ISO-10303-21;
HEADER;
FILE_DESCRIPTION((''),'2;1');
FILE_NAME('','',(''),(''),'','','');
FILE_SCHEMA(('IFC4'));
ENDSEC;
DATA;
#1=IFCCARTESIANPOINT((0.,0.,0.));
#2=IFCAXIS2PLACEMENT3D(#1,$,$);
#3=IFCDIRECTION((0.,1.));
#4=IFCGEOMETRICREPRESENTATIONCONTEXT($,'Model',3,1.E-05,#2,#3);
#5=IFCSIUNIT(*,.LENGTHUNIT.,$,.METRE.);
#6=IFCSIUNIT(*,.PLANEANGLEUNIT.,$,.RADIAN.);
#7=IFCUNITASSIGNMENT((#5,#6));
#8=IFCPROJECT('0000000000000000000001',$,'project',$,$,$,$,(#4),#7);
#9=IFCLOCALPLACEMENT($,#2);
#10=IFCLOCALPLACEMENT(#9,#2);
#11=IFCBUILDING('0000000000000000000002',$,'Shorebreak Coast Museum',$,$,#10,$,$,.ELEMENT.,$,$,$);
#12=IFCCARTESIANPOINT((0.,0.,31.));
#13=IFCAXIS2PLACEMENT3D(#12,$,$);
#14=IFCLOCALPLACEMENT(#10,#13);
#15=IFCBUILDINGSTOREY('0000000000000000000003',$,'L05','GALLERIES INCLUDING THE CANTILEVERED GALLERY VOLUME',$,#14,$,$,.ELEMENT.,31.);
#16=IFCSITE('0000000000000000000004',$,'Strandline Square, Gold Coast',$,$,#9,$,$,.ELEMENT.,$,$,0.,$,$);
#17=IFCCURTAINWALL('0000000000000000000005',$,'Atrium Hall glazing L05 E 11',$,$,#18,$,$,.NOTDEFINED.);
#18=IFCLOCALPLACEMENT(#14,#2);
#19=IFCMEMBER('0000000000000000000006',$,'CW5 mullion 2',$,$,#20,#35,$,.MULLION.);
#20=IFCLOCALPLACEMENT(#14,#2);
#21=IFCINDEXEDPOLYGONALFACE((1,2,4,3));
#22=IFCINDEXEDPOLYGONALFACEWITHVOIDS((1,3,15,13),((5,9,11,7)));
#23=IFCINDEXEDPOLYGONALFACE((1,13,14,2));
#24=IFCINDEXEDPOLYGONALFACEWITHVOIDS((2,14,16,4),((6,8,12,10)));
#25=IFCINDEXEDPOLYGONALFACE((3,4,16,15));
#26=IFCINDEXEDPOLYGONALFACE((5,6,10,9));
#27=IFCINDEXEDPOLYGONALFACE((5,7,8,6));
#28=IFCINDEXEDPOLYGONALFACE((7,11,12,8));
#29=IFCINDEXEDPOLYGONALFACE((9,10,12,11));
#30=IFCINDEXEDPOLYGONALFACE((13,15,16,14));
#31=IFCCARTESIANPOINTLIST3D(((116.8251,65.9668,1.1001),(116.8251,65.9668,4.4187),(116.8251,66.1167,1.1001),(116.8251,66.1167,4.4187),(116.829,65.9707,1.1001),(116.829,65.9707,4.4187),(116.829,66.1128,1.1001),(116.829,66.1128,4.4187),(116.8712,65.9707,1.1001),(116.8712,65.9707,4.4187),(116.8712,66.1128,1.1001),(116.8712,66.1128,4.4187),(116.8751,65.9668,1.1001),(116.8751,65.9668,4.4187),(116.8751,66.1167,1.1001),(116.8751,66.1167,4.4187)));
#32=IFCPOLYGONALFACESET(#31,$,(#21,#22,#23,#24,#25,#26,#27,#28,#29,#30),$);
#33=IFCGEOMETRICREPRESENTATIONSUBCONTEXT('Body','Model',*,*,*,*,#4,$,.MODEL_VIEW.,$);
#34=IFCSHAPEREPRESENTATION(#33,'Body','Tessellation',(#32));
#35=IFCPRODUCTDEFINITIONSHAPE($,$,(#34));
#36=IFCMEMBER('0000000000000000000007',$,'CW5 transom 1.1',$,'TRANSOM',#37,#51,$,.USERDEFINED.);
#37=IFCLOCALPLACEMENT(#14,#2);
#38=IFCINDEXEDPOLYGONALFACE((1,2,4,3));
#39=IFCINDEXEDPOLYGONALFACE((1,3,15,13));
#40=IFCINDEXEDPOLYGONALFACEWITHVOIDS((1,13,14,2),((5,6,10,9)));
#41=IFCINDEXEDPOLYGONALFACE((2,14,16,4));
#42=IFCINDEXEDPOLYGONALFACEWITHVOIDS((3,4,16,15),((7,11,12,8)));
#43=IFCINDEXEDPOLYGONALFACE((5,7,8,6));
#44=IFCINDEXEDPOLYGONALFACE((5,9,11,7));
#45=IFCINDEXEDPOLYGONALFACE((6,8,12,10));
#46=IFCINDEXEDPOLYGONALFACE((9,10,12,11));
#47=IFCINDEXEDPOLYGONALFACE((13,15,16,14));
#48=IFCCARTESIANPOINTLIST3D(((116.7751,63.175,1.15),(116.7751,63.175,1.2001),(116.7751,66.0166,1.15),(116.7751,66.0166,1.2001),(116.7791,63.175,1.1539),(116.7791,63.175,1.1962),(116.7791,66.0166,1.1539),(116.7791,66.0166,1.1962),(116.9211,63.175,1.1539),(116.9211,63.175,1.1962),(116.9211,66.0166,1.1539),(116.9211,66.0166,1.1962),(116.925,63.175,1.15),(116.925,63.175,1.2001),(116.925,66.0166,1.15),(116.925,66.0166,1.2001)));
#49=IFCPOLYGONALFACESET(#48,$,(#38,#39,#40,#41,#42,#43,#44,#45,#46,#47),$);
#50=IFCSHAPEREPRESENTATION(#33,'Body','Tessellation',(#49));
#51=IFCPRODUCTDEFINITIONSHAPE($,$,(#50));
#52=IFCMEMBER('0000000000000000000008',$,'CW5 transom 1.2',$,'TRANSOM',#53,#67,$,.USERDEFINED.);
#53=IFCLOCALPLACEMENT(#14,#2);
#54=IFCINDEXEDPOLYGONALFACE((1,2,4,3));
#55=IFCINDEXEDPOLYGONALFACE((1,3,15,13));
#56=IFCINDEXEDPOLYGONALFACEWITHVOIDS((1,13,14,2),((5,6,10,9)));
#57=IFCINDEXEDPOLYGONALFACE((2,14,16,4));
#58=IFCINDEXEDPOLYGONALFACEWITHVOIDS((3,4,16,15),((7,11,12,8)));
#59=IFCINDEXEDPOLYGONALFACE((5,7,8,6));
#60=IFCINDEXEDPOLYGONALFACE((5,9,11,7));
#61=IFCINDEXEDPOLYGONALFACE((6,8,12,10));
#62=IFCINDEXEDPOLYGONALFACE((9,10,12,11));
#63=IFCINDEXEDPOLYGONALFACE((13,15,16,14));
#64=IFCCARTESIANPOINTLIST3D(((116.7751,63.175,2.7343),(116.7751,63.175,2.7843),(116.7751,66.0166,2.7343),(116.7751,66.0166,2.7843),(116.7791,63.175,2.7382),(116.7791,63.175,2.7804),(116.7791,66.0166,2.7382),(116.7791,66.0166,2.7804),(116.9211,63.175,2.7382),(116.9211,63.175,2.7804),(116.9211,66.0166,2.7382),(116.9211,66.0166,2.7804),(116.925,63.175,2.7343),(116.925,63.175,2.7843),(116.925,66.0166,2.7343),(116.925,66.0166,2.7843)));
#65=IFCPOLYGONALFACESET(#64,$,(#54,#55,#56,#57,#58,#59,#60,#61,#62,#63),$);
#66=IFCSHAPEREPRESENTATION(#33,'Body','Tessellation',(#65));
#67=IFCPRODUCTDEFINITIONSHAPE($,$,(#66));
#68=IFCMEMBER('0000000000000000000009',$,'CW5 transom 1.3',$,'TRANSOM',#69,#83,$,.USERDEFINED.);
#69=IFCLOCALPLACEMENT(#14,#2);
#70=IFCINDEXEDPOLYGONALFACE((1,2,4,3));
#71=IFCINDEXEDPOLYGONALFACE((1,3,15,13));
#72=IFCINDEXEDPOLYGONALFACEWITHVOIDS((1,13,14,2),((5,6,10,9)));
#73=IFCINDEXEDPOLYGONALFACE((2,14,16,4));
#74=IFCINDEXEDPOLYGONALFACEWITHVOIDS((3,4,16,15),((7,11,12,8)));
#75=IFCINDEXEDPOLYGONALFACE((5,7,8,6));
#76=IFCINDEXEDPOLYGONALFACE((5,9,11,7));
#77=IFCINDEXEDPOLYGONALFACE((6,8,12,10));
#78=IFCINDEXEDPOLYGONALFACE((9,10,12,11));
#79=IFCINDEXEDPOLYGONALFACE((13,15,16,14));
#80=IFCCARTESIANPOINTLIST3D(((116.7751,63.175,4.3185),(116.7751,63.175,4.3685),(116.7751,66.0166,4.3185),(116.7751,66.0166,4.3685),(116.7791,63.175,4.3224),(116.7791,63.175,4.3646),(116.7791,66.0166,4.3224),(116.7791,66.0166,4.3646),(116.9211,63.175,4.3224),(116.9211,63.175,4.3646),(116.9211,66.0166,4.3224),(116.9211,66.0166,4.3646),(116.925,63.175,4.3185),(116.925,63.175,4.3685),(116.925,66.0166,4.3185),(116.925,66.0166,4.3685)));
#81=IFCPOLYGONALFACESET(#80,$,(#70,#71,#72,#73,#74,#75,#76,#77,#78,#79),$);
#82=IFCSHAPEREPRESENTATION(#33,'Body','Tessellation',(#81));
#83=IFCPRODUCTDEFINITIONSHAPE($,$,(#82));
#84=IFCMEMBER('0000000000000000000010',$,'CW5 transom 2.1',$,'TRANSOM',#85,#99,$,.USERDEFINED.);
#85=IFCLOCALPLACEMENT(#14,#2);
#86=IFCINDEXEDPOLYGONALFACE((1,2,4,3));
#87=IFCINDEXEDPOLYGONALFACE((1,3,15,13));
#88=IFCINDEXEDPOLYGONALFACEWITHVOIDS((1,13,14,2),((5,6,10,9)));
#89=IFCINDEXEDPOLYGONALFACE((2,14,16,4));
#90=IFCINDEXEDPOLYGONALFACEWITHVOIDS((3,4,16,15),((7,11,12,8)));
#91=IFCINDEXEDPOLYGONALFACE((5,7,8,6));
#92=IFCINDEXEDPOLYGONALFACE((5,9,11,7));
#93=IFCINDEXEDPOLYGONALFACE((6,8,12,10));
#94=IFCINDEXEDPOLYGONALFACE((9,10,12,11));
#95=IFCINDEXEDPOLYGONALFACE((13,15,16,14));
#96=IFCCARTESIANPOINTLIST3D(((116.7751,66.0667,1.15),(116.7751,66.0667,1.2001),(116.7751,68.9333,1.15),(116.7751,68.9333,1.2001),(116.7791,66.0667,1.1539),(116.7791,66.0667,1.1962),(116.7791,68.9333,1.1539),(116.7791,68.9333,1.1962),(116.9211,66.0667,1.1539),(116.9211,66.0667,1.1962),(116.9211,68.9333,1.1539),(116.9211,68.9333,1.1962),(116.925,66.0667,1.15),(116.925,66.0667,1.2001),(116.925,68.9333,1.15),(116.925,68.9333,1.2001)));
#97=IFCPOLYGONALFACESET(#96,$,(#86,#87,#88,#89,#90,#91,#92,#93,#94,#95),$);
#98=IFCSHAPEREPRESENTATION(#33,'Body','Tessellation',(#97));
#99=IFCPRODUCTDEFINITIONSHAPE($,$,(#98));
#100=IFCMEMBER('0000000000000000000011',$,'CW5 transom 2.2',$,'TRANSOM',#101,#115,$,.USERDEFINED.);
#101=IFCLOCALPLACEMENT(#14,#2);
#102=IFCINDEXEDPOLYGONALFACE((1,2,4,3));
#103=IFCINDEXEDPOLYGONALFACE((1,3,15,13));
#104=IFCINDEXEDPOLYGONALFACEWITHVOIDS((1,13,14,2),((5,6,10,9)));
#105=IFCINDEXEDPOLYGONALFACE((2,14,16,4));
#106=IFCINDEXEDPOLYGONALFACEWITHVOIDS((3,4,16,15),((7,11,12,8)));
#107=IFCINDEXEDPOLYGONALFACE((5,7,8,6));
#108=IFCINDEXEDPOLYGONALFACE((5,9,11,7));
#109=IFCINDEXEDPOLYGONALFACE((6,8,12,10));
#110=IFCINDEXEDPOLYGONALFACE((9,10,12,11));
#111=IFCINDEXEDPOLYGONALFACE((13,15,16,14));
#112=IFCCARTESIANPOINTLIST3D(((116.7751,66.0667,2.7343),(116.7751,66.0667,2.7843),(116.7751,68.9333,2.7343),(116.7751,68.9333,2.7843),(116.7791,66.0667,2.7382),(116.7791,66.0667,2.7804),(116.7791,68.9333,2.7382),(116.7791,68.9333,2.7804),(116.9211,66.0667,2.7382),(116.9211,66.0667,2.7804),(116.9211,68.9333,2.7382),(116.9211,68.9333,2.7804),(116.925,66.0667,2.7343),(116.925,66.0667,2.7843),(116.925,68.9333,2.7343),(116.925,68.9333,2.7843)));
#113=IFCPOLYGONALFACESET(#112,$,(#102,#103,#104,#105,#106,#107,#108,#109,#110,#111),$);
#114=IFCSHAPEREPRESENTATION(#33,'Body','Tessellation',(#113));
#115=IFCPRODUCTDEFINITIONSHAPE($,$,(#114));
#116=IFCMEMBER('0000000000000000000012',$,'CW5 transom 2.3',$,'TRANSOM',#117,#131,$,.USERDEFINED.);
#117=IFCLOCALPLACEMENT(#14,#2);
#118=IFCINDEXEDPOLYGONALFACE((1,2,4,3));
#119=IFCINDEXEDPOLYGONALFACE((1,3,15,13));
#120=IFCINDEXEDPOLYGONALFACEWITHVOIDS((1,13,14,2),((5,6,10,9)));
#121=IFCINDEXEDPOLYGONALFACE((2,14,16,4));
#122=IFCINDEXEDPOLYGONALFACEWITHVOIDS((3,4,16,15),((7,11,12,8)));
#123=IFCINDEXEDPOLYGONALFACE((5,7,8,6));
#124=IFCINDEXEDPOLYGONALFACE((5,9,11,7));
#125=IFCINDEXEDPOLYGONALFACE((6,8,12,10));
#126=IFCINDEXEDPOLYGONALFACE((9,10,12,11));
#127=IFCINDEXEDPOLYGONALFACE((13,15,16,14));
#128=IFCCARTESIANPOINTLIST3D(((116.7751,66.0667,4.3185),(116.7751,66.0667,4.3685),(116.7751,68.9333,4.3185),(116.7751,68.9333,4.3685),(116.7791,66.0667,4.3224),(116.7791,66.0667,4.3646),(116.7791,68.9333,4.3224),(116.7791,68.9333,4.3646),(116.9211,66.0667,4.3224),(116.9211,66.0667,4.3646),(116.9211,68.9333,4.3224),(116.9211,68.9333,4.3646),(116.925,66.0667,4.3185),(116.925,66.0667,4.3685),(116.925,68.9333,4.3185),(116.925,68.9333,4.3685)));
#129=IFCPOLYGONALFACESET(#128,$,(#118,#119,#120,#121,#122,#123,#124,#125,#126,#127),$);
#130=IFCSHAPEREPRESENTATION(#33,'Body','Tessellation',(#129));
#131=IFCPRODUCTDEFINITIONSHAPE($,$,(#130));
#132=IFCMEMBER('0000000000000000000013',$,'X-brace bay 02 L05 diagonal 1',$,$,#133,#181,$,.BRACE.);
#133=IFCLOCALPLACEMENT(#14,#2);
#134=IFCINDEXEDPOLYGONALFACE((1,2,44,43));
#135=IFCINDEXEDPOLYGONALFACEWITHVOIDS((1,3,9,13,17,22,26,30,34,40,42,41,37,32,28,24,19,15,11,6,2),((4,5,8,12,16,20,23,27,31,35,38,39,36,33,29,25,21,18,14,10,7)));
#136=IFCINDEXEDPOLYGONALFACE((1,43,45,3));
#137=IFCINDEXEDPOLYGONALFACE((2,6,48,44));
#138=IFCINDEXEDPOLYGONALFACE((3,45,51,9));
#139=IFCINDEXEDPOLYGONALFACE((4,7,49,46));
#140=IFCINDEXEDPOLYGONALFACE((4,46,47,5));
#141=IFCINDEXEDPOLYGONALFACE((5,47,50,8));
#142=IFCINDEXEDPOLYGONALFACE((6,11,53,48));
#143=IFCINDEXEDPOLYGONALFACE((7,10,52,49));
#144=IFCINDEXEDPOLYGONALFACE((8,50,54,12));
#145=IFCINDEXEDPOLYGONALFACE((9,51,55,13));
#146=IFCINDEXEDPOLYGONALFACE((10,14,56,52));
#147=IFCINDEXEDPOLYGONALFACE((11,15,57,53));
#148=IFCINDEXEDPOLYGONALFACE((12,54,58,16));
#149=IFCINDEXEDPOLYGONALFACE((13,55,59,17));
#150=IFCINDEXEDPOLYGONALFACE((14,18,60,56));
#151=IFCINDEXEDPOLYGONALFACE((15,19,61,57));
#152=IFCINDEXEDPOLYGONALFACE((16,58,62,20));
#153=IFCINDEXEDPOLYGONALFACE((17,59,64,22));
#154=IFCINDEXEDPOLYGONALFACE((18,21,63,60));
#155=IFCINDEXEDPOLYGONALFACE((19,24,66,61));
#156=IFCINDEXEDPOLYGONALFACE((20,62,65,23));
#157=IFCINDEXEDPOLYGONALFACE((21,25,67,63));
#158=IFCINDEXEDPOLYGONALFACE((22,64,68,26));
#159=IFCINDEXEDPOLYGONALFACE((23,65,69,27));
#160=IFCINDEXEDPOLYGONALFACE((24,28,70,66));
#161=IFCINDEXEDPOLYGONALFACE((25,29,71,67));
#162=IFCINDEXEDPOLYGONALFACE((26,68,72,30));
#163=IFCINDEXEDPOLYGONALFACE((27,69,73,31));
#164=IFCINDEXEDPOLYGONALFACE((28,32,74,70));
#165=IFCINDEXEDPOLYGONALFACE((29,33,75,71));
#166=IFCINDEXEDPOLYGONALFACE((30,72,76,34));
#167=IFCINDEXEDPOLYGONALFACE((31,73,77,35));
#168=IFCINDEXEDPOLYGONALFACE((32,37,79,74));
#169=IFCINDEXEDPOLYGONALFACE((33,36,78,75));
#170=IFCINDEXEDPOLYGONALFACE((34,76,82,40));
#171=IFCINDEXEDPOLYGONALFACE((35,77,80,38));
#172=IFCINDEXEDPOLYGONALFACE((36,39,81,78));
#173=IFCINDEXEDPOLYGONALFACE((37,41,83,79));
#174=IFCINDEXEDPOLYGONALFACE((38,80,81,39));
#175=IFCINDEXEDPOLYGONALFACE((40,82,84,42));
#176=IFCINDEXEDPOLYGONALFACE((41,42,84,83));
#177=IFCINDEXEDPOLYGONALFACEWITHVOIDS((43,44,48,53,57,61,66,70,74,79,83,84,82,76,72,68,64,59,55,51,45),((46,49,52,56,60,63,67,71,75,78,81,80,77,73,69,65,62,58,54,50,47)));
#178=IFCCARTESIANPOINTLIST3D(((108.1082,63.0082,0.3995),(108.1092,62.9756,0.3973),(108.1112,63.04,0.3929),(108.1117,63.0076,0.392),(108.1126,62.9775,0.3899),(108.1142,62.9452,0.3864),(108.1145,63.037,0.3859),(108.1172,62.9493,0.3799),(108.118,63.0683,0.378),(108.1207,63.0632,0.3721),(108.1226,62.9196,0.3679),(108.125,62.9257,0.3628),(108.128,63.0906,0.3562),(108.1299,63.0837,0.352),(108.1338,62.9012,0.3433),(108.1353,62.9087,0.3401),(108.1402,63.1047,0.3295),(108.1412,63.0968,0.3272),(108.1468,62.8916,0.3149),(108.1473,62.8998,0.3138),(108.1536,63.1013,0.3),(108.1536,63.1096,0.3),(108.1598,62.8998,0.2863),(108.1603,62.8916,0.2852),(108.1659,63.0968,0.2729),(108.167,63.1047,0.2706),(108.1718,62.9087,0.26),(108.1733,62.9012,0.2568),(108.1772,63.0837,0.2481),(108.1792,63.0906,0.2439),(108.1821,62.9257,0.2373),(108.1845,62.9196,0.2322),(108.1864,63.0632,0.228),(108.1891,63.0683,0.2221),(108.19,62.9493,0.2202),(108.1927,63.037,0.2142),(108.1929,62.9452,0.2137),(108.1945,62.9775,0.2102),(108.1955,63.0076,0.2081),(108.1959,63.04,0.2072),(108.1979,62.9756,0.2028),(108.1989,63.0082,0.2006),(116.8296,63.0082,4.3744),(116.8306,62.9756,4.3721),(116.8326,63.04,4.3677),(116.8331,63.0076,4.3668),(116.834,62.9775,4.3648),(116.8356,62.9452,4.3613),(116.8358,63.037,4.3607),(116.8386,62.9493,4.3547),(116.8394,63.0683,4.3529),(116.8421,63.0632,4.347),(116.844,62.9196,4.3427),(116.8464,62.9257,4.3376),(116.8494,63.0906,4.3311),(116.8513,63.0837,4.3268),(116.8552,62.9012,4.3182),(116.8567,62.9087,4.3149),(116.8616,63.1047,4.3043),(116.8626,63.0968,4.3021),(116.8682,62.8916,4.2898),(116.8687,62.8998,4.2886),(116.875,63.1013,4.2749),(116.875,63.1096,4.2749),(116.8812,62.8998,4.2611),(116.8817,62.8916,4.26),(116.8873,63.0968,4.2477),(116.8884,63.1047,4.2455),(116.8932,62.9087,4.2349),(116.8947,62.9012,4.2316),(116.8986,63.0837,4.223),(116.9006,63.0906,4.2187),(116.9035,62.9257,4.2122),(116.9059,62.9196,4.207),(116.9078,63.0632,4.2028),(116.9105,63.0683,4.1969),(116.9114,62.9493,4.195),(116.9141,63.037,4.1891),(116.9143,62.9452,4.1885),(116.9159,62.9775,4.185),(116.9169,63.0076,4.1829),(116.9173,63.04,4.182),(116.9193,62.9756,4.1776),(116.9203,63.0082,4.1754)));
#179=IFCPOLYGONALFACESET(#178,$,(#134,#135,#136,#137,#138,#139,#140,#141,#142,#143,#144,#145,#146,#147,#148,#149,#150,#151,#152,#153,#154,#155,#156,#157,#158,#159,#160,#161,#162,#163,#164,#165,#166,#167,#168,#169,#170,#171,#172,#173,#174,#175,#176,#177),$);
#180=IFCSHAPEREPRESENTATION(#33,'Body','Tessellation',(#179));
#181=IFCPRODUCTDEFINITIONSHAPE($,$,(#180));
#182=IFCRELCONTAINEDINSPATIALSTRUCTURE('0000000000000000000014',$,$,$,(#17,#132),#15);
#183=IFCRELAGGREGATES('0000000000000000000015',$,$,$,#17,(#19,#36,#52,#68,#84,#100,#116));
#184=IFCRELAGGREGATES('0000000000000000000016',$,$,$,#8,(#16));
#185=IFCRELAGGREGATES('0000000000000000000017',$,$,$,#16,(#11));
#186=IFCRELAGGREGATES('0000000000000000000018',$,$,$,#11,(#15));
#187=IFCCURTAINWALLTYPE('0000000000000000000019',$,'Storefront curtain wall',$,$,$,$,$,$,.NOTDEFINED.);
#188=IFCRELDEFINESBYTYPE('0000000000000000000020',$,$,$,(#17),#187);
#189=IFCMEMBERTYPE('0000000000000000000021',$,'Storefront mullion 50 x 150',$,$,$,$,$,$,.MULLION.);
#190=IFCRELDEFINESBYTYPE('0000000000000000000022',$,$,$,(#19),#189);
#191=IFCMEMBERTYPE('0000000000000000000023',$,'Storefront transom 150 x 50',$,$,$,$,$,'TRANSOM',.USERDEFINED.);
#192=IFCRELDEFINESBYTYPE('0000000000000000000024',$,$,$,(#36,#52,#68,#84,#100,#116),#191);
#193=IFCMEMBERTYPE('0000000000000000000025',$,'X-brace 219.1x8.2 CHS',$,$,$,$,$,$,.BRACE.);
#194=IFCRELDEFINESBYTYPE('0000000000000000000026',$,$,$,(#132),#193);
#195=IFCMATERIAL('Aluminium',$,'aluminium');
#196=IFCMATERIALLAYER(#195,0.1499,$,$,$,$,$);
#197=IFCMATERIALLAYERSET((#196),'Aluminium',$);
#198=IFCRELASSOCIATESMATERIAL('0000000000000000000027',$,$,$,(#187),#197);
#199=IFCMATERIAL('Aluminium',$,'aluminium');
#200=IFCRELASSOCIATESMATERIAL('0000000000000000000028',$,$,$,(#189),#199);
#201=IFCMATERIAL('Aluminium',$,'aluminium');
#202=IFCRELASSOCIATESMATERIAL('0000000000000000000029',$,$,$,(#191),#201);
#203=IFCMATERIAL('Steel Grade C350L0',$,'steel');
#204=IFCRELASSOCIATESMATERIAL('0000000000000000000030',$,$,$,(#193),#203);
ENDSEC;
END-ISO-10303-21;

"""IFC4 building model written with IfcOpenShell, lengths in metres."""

from ifc_helpers import new_model, si_unit, direction, frame, origin, origin_2d, place, context, subcontext, project, spatial, hollow_rectangle, hollow_circle, extrude, material, layer, layer_set, material_profile, profile_set, type_object, element, aggregate, save


model = new_model("IFC4")

# Units and contexts
model_context = context("Model", 3, precision=1e-05, world=origin(), true_north=direction((0.0, 1.0)))
body_context = subcontext(model_context, "Body", "Model", "MODEL_VIEW")
ifc_project = project(units=[si_unit("LENGTHUNIT", "METRE"), si_unit("PLANEANGLEUNIT", "RADIAN")], contexts=[model_context])

# Site, building, storey
site_placement = place(None, origin())
site = spatial("IfcSite", under=ifc_project, at=site_placement, Name="Strandline Square, Gold Coast", CompositionType="ELEMENT", RefElevation=0.0)
building_placement = place(site_placement, origin())
building = spatial("IfcBuilding", under=site, at=building_placement, Name="Shorebreak Coast Museum", CompositionType="ELEMENT")
storey_placement = place(building_placement, frame((0.0, 0.0, 31.0)))
storey = spatial("IfcBuildingStorey", under=building, at=storey_placement, Name="L05", Description="GALLERIES INCLUDING THE CANTILEVERED GALLERY VOLUME", CompositionType="ELEMENT", Elevation=31.0)

# Curtain wall, members
ifc_material_1 = material(Name="Aluminium", Category="aluminium")
ifc_layer_1 = layer(ifc_material_1, 0.1499)
ifc_layer_set_1 = layer_set([ifc_layer_1], Name="Aluminium")
curtain_wall_type = type_object("IfcCurtainWallType", Name="Storefront curtain wall", PredefinedType="NOTDEFINED", material=ifc_layer_set_1)
curtain_wall_placement = place(storey_placement, origin())
curtain_wall = element("IfcCurtainWall", 1, at=curtain_wall_placement, inside=storey, type_object=curtain_wall_type, Name="Atrium Hall glazing L05 E 11", PredefinedType="NOTDEFINED")
ifc_material_2 = material(Name="Aluminium", Category="aluminium")
ifc_material_profile_1 = material_profile(ifc_material_2, hollow_rectangle(XDim=0.05, YDim=0.1499, WallThickness=0.0039, at=origin_2d()), Name="AL 150x50 RHS")
ifc_profile_set_1 = profile_set([ifc_material_profile_1], Name="Aluminium")
member_type_1 = type_object("IfcMemberType", Name="Storefront mullion 50 x 150", PredefinedType="MULLION", material=ifc_profile_set_1)
member_1_placement = place(storey_placement, frame((116.8501, 66.0417, 1.1001), z_axis=(0.0, 0.0, 1.0), x_axis=(-1.0, 0.0, 0.0)))
member_1 = element("IfcMember", 2, at=member_1_placement, type_object=member_type_1, Name="CW5 mullion 2", PredefinedType="MULLION", context=body_context, shape_type="SweptSolid", body=[
    extrude(hollow_rectangle(XDim=0.05, YDim=0.1499, WallThickness=0.0039, at=origin_2d()), origin(), (0.0, 0.0, 1.0), 3.3186),
])
ifc_material_3 = material(Name="Aluminium", Category="aluminium")
ifc_material_profile_2 = material_profile(ifc_material_3, hollow_rectangle(XDim=0.1499, YDim=0.05, WallThickness=0.0039, at=origin_2d()), Name="AL 50x150 RHS")
ifc_profile_set_2 = profile_set([ifc_material_profile_2], Name="Aluminium")
member_type_2 = type_object("IfcMemberType", Name="Storefront transom 150 x 50", ElementType="TRANSOM", PredefinedType="USERDEFINED", material=ifc_profile_set_2)
member_2_placement = place(storey_placement, frame((116.8501, 63.175, 1.175), z_axis=(0.0, 1.0, 0.0), x_axis=(-1.0, 0.0, 0.0)))
member_2 = element("IfcMember", 3, at=member_2_placement, type_object=member_type_2, Name="CW5 transom 1.1", ObjectType="TRANSOM", PredefinedType="USERDEFINED", context=body_context, shape_type="SweptSolid", body=[
    extrude(hollow_rectangle(XDim=0.1499, YDim=0.05, WallThickness=0.0039, at=origin_2d()), origin(), (0.0, 0.0, 1.0), 2.8416),
])
member_3_placement = place(storey_placement, frame((116.8501, 63.175, 2.7593), z_axis=(0.0, 1.0, 0.0), x_axis=(-1.0, 0.0, 0.0)))
member_3 = element("IfcMember", 4, at=member_3_placement, type_object=member_type_2, Name="CW5 transom 1.2", ObjectType="TRANSOM", PredefinedType="USERDEFINED", context=body_context, shape_type="SweptSolid", body=[
    extrude(hollow_rectangle(XDim=0.1499, YDim=0.05, WallThickness=0.0039, at=origin_2d()), origin(), (0.0, 0.0, 1.0), 2.8416),
])
member_4_placement = place(storey_placement, frame((116.8501, 63.175, 4.3435), z_axis=(0.0, 1.0, 0.0), x_axis=(-1.0, 0.0, 0.0)))
member_4 = element("IfcMember", 5, at=member_4_placement, type_object=member_type_2, Name="CW5 transom 1.3", ObjectType="TRANSOM", PredefinedType="USERDEFINED", context=body_context, shape_type="SweptSolid", body=[
    extrude(hollow_rectangle(XDim=0.1499, YDim=0.05, WallThickness=0.0039, at=origin_2d()), origin(), (0.0, 0.0, 1.0), 2.8416),
])
member_5_placement = place(storey_placement, frame((116.8501, 66.0667, 1.175), z_axis=(0.0, 1.0, 0.0), x_axis=(-1.0, 0.0, 0.0)))
member_5 = element("IfcMember", 6, at=member_5_placement, type_object=member_type_2, Name="CW5 transom 2.1", ObjectType="TRANSOM", PredefinedType="USERDEFINED", context=body_context, shape_type="SweptSolid", body=[
    extrude(hollow_rectangle(XDim=0.1499, YDim=0.05, WallThickness=0.0039, at=origin_2d()), origin(), (0.0, 0.0, 1.0), 2.8667),
])
member_6_placement = place(storey_placement, frame((116.8501, 66.0667, 2.7593), z_axis=(0.0, 1.0, 0.0), x_axis=(-1.0, 0.0, 0.0)))
member_6 = element("IfcMember", 7, at=member_6_placement, type_object=member_type_2, Name="CW5 transom 2.2", ObjectType="TRANSOM", PredefinedType="USERDEFINED", context=body_context, shape_type="SweptSolid", body=[
    extrude(hollow_rectangle(XDim=0.1499, YDim=0.05, WallThickness=0.0039, at=origin_2d()), origin(), (0.0, 0.0, 1.0), 2.8667),
])
member_7_placement = place(storey_placement, frame((116.8501, 66.0667, 4.3435), z_axis=(0.0, 1.0, 0.0), x_axis=(-1.0, 0.0, 0.0)))
member_7 = element("IfcMember", 8, at=member_7_placement, type_object=member_type_2, Name="CW5 transom 2.3", ObjectType="TRANSOM", PredefinedType="USERDEFINED", context=body_context, shape_type="SweptSolid", body=[
    extrude(hollow_rectangle(XDim=0.1499, YDim=0.05, WallThickness=0.0039, at=origin_2d()), origin(), (0.0, 0.0, 1.0), 2.8667),
])

# Member
ifc_material_4 = material(Name="Steel Grade C350L0", Category="steel")
ifc_material_profile_3 = material_profile(ifc_material_4, hollow_circle(Radius=0.1096, WallThickness=0.0083, at=origin_2d()), Name="219.1x8.2 CHS")
ifc_profile_set_3 = profile_set([ifc_material_profile_3], Name="Steel Grade C350L0")
member_type_3 = type_object("IfcMemberType", Name="X-brace 219.1x8.2 CHS", PredefinedType="BRACE", material=ifc_profile_set_3)
for number, where, z_axis, x_axis, name in (
    (9, (108.1536, 63.0, 0.3), (0.909951, 0.0, 0.414716), (0.0, 1.0, 0.0), "X-brace bay 02 L05 diagonal 1"),
):
    element("IfcMember", number, at=place(storey_placement, frame(where, z_axis=z_axis, x_axis=x_axis)), inside=storey, type_object=member_type_3, Name=name, PredefinedType="BRACE", context=body_context, shape_type="SweptSolid", body=[
        extrude(hollow_circle(Radius=0.1096, WallThickness=0.0083, at=origin_2d()), origin(), (0.0, 0.0, 1.0), 9.5845),
    ])

aggregate(curtain_wall, [member_1, member_2, member_3, member_4, member_5, member_6, member_7])

save(model, "model.ifc")
